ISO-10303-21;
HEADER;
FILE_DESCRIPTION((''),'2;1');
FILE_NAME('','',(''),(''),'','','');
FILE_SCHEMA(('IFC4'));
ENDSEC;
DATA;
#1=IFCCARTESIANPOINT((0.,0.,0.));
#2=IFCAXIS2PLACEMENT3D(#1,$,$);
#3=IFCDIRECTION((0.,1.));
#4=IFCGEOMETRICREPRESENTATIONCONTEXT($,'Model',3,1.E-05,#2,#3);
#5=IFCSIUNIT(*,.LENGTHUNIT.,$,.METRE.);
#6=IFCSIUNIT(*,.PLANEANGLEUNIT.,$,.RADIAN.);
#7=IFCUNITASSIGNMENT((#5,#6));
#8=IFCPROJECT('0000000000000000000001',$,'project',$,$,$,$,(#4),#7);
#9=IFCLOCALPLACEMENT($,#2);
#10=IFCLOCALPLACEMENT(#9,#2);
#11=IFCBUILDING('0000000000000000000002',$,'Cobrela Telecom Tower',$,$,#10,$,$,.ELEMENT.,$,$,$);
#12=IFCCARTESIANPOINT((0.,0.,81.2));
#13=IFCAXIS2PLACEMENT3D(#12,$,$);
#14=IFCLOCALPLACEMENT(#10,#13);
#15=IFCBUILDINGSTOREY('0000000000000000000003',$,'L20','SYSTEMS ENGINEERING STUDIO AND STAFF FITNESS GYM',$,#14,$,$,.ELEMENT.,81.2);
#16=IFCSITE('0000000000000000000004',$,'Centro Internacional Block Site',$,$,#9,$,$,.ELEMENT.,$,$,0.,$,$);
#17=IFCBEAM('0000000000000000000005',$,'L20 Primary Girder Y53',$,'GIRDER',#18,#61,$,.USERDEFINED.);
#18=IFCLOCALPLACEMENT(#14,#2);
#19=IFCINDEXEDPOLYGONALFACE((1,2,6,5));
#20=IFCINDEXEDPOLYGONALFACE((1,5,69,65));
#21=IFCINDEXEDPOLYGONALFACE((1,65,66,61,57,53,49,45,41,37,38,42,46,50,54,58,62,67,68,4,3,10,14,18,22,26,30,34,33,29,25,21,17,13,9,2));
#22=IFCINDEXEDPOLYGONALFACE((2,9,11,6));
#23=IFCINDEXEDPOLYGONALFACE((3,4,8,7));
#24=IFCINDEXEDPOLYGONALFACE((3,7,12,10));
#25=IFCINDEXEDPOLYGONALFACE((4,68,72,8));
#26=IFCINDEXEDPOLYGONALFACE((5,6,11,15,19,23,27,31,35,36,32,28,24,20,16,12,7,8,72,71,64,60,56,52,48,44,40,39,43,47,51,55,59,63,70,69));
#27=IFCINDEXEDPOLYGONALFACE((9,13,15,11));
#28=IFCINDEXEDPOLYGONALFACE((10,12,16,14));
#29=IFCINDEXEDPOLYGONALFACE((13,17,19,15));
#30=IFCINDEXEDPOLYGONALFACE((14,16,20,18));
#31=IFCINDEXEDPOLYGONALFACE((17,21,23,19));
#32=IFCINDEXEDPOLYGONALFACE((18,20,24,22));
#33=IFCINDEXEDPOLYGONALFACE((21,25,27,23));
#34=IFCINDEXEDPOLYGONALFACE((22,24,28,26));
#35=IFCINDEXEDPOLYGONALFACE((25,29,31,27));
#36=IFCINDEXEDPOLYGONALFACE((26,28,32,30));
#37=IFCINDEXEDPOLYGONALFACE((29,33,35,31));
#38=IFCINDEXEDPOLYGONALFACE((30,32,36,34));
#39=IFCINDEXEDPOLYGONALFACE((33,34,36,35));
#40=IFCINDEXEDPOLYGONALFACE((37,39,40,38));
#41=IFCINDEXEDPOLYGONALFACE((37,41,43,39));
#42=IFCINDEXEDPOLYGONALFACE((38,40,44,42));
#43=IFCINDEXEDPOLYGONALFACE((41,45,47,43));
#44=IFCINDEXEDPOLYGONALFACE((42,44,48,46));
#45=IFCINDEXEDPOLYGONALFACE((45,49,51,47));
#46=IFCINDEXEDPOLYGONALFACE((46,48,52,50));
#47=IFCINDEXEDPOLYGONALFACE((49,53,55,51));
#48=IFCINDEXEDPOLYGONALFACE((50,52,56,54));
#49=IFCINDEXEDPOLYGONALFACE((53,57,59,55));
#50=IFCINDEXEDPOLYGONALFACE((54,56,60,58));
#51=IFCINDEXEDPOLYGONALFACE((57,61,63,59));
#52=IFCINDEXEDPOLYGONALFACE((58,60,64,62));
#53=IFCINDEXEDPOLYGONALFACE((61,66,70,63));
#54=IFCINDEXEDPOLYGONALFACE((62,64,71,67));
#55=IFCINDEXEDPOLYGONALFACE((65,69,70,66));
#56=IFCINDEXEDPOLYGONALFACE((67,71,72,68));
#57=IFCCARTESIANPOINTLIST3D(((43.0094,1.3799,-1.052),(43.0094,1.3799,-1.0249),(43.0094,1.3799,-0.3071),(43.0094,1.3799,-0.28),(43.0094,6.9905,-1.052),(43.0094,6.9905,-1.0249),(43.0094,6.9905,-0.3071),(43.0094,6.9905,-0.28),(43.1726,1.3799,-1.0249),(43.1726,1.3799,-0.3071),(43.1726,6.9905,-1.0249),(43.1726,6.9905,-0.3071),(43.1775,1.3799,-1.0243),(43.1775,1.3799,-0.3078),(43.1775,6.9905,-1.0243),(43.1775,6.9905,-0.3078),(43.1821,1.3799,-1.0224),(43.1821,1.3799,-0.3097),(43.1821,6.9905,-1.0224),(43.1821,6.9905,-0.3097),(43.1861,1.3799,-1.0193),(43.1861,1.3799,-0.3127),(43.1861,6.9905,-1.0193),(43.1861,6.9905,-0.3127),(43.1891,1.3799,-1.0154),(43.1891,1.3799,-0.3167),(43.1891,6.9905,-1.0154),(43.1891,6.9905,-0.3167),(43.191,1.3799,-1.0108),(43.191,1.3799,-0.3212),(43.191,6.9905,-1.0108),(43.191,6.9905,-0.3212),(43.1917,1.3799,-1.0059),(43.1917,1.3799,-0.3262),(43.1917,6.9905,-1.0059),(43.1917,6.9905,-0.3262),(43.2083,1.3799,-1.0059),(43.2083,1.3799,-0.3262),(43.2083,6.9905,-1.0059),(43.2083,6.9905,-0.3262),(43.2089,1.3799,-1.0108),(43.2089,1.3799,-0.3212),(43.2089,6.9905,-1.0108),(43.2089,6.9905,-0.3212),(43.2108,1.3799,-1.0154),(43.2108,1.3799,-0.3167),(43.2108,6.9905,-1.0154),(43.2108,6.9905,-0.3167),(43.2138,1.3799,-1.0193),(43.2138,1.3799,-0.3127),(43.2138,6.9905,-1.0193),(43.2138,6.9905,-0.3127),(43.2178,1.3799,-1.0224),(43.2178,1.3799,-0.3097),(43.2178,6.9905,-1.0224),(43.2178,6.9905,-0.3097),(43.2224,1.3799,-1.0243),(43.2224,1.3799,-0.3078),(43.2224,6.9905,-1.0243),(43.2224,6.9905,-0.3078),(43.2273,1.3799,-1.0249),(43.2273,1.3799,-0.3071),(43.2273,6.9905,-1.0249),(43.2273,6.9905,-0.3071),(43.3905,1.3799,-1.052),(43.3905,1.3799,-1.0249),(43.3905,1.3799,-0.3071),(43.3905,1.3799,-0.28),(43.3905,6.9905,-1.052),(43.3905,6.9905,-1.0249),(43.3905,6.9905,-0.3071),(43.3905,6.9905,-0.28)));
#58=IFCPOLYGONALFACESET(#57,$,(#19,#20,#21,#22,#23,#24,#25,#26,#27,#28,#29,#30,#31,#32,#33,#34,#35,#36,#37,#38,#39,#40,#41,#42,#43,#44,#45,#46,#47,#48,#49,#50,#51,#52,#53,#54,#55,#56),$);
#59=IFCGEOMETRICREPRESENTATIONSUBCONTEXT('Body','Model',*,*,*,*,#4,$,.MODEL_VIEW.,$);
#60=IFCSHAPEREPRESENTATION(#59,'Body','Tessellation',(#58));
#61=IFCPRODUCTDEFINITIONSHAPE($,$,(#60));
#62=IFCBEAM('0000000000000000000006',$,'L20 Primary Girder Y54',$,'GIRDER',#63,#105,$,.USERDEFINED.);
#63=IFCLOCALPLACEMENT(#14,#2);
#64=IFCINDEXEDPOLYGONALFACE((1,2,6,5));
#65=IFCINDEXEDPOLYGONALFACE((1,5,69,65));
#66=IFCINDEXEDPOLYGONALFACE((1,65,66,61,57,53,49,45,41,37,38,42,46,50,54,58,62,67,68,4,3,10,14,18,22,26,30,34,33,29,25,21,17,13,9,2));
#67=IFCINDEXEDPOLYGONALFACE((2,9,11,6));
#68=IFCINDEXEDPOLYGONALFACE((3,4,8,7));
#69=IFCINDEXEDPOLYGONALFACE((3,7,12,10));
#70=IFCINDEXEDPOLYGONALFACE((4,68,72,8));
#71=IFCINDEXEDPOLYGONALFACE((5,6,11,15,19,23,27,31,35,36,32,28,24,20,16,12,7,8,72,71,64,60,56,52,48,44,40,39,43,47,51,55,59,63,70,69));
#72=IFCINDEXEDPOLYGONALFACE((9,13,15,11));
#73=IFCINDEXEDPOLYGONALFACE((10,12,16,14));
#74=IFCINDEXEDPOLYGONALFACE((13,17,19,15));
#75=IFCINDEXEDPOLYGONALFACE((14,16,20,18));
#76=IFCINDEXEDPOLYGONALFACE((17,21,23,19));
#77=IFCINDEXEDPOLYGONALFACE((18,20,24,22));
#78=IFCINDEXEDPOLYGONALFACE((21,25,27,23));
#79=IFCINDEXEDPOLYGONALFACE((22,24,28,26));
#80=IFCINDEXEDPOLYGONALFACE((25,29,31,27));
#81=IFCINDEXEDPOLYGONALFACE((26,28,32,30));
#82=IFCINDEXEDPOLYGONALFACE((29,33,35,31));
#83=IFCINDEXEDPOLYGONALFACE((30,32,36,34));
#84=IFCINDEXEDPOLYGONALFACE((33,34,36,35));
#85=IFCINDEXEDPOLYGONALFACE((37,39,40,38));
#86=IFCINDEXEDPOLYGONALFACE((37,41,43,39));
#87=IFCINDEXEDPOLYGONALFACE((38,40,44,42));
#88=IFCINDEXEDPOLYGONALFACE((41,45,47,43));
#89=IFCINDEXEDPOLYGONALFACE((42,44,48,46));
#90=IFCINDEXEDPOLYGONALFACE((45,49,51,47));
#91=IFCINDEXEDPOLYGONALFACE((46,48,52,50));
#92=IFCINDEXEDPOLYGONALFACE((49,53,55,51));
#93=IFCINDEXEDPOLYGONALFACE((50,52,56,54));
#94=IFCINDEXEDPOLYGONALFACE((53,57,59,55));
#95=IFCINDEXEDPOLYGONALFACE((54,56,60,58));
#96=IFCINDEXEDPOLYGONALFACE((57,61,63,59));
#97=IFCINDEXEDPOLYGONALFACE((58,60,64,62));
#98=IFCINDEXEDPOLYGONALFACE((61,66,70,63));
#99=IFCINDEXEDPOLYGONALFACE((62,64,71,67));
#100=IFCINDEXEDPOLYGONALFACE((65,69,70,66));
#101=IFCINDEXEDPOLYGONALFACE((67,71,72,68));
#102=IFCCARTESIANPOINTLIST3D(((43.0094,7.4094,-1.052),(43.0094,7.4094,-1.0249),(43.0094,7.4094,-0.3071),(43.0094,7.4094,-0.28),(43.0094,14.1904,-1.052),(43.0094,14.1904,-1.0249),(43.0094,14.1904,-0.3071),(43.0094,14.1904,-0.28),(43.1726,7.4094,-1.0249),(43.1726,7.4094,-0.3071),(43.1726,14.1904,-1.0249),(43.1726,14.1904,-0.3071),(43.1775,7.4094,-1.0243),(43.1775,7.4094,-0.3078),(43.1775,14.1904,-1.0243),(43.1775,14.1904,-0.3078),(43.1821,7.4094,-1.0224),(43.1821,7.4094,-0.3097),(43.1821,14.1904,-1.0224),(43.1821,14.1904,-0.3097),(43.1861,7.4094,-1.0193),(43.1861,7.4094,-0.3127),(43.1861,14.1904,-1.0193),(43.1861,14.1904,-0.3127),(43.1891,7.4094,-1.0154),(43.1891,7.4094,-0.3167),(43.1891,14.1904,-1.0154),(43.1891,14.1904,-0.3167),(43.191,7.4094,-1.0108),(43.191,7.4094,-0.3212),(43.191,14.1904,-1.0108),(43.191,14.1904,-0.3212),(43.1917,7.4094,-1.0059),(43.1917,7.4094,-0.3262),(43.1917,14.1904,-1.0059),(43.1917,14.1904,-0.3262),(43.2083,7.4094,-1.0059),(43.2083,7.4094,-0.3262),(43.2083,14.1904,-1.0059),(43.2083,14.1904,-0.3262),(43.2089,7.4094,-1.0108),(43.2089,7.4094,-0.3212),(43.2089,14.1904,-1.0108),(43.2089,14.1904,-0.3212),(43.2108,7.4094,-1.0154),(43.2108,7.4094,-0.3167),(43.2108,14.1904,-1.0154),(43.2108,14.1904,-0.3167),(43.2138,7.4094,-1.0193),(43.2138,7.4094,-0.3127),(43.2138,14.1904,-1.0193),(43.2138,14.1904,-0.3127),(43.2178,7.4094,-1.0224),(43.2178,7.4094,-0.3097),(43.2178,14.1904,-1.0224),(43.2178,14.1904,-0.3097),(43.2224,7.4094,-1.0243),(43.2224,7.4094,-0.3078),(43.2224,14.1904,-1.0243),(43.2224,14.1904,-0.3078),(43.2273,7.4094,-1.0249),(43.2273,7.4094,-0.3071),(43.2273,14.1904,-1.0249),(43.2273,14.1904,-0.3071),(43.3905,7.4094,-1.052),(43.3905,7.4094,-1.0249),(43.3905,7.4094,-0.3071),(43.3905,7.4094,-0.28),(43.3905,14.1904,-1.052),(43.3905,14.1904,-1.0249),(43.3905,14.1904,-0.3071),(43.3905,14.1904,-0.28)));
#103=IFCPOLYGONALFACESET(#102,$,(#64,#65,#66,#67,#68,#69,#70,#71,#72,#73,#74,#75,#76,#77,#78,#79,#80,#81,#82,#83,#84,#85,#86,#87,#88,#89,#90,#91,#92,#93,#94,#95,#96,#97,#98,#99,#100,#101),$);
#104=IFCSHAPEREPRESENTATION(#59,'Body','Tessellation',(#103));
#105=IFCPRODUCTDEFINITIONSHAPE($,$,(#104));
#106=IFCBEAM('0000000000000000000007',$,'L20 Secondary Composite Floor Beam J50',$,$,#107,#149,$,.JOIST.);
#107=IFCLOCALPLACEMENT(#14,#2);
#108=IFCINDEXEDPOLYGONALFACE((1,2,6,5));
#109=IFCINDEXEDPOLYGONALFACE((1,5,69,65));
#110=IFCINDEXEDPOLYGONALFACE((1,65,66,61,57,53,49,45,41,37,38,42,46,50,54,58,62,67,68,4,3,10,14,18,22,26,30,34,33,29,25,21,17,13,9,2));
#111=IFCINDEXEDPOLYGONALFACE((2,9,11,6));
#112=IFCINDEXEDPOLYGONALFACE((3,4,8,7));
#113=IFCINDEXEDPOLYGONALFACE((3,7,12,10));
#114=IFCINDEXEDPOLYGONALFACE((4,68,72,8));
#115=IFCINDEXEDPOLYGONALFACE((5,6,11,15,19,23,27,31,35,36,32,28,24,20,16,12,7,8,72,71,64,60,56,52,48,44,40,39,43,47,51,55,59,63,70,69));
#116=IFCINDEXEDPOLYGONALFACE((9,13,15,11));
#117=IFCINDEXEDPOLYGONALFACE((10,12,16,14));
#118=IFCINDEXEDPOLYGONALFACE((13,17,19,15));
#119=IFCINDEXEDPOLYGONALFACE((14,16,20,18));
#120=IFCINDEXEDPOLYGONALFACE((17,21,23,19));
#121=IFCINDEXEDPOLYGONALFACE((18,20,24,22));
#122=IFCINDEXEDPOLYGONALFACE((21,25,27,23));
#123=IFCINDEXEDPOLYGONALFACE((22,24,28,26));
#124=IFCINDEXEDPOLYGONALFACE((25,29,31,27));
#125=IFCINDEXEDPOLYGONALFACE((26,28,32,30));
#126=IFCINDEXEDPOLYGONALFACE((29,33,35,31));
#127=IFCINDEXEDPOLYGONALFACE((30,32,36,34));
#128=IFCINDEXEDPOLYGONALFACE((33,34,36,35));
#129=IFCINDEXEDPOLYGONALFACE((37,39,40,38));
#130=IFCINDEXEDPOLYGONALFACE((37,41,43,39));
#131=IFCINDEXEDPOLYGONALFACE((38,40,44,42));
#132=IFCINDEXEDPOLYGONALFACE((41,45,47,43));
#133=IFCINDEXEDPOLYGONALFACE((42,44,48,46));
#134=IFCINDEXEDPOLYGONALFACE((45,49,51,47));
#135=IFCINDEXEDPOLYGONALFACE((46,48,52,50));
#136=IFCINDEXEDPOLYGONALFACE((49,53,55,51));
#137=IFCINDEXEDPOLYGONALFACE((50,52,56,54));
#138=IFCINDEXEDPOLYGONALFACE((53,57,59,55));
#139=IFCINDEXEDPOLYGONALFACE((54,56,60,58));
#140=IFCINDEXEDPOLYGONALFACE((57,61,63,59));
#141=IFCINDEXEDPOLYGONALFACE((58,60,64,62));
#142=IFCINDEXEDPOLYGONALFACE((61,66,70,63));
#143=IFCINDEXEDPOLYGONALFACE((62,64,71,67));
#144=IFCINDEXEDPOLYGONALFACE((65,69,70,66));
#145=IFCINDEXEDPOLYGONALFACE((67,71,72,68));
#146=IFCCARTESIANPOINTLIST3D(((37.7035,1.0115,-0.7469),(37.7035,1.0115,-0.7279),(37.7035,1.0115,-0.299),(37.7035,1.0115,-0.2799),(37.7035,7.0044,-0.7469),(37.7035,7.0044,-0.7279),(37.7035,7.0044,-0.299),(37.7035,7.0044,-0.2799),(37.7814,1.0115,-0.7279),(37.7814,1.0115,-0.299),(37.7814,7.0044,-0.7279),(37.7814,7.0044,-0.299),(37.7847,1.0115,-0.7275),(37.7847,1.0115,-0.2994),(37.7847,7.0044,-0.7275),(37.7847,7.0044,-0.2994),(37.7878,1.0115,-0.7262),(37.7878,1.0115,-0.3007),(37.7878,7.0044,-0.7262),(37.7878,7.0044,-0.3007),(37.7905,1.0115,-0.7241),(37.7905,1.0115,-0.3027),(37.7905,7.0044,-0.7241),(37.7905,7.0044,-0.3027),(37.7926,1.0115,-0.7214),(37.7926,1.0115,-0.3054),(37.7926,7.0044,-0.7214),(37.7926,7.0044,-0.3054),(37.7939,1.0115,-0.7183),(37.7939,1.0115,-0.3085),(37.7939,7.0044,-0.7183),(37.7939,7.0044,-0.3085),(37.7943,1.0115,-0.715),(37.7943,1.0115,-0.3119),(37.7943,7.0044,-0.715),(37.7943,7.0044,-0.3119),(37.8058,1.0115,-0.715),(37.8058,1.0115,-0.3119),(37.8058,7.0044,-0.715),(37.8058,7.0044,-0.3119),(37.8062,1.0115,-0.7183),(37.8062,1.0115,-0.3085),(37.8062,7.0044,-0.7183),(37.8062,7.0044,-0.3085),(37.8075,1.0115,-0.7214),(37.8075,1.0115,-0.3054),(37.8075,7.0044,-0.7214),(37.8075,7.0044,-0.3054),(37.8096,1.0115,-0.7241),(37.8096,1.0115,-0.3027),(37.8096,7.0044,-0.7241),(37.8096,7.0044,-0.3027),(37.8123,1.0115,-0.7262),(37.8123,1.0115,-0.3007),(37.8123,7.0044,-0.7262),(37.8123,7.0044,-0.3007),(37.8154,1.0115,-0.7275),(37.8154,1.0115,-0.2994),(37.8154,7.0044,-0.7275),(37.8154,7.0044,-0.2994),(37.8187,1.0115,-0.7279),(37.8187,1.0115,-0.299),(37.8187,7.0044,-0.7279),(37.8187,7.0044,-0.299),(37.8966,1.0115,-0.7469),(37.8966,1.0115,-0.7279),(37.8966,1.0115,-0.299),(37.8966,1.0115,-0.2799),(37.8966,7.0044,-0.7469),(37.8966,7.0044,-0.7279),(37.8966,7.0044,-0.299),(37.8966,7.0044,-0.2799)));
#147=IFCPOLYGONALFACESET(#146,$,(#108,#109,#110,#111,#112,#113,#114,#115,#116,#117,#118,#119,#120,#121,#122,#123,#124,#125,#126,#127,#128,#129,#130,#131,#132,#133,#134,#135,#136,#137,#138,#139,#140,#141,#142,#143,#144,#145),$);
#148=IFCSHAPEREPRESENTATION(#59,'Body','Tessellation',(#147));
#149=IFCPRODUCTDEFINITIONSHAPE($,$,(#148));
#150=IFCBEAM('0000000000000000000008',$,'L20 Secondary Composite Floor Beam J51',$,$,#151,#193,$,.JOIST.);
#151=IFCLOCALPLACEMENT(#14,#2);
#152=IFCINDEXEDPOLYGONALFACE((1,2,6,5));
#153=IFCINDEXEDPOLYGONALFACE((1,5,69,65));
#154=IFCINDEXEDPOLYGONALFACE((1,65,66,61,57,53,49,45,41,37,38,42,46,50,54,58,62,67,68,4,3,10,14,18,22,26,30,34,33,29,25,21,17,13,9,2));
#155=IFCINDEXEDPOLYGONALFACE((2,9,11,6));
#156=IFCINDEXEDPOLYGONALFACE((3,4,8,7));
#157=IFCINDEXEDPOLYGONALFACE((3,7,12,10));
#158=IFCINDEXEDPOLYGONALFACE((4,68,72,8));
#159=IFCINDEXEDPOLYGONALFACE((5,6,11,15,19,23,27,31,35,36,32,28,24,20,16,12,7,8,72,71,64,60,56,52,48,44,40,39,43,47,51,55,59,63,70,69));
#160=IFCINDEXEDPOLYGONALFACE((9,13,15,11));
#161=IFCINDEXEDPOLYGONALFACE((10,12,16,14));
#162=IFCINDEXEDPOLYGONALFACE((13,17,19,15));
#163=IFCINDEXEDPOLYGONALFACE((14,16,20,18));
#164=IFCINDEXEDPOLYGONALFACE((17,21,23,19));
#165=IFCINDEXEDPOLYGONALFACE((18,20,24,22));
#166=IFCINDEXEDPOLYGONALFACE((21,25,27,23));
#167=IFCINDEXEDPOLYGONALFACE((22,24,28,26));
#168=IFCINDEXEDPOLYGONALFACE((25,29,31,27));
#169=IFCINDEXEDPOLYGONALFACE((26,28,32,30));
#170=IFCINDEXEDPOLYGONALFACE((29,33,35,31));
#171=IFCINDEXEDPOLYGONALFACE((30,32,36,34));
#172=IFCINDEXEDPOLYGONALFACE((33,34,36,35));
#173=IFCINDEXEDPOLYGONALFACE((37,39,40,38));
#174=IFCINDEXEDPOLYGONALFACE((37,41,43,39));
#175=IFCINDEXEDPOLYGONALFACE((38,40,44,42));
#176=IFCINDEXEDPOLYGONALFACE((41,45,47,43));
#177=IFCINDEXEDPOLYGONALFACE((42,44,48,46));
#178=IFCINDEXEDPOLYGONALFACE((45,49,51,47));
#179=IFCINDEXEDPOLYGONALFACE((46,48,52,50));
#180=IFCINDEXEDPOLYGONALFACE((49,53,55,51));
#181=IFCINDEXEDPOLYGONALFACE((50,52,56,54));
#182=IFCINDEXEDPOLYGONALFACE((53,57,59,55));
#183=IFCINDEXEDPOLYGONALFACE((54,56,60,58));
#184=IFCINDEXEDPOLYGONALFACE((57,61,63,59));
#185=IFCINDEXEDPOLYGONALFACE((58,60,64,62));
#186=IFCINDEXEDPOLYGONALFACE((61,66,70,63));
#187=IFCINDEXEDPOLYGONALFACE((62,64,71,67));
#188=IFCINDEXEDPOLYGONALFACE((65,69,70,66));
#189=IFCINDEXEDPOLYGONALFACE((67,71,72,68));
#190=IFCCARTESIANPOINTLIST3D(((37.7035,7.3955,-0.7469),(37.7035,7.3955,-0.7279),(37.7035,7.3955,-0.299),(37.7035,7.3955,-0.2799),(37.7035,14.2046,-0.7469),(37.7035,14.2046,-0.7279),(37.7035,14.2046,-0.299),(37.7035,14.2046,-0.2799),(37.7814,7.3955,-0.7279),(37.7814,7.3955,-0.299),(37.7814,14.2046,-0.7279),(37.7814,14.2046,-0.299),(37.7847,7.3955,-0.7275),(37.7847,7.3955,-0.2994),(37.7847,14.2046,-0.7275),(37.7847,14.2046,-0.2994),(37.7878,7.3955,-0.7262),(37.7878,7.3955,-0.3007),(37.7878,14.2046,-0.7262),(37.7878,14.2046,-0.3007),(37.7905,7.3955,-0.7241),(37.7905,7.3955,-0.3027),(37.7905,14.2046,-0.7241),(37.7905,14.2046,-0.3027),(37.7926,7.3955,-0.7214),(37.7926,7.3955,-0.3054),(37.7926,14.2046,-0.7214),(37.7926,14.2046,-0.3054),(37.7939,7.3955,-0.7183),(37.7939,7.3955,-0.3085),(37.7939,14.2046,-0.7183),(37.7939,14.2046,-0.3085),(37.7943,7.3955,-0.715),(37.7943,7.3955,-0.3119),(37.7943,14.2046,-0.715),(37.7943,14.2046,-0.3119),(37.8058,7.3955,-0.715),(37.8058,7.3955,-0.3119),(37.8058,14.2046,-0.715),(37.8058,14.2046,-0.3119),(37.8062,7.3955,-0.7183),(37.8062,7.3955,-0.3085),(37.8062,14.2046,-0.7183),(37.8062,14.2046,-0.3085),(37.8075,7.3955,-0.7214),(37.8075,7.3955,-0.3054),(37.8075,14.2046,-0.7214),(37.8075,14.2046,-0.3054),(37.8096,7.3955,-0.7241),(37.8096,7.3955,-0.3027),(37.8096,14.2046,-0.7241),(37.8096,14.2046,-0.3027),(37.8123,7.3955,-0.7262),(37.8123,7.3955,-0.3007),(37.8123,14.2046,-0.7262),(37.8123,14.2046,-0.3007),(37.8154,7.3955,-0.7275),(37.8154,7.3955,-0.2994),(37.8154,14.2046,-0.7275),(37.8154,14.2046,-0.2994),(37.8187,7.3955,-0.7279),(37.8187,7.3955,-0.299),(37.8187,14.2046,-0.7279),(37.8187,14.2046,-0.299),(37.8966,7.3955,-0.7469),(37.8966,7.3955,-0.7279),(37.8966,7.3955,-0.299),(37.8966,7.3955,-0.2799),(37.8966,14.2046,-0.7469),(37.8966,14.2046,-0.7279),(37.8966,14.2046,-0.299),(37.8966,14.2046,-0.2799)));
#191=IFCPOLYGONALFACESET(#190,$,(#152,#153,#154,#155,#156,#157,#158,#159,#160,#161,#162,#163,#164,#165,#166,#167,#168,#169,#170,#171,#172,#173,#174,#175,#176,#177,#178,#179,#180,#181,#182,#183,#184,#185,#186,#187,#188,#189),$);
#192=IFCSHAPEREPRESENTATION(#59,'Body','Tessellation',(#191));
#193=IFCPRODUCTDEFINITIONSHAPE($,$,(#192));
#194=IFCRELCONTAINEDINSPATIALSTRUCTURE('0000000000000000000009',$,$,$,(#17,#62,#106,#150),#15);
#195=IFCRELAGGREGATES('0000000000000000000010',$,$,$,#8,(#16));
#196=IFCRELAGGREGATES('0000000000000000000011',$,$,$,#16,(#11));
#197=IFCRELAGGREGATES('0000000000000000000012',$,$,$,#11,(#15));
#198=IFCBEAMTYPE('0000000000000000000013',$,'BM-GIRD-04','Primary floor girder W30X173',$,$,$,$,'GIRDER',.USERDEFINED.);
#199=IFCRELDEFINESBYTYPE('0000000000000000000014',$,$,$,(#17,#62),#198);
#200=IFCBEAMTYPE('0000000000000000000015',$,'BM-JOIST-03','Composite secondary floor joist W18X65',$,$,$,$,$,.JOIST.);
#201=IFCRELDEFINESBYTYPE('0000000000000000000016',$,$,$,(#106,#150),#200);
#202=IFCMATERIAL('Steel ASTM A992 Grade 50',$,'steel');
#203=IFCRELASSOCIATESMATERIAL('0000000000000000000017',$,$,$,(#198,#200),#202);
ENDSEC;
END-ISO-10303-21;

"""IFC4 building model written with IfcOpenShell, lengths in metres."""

from ifc_helpers import new_model, si_unit, direction, frame, origin, origin_2d, place, context, subcontext, project, spatial, i_section, extrude, material, material_profile, profile_set, type_object, element, save


model = new_model("IFC4")

# Units and contexts
model_context = context("Model", 3, precision=1e-05, world=origin(), true_north=direction((0.0, 1.0)))
body_context = subcontext(model_context, "Body", "Model", "MODEL_VIEW")
ifc_project = project(units=[si_unit("LENGTHUNIT", "METRE"), si_unit("PLANEANGLEUNIT", "RADIAN")], contexts=[model_context])

# Site, building, storey
site_placement = place(None, origin())
site = spatial("IfcSite", under=ifc_project, at=site_placement, Name="Centro Internacional Block Site", CompositionType="ELEMENT", RefElevation=0.0)
building_placement = place(site_placement, origin())
building = spatial("IfcBuilding", under=site, at=building_placement, Name="Cobrela Telecom Tower", CompositionType="ELEMENT")
storey_placement = place(building_placement, frame((0.0, 0.0, 81.2)))
storey = spatial("IfcBuildingStorey", under=building, at=storey_placement, Name="L20", Description="SYSTEMS ENGINEERING STUDIO AND STAFF FITNESS GYM", CompositionType="ELEMENT", Elevation=81.2)

# Shared definitions
ifc_material_1 = material(Name="Steel ASTM A992 Grade 50", Category="steel")

# Beams
ifc_material_profile_1 = material_profile(ifc_material_1, i_section(OverallWidth=0.3811, OverallDepth=0.772, WebThickness=0.0166, FlangeThickness=0.0271, FilletRadius=0.019, at=origin_2d()), Name="W30X173")
ifc_profile_set_1 = profile_set([ifc_material_profile_1], Name="Steel ASTM A992 Grade 50")
beam_type_1 = type_object("IfcBeamType", Name="BM-GIRD-04", Description="Primary floor girder W30X173", ElementType="GIRDER", PredefinedType="USERDEFINED", material=ifc_profile_set_1)
beam_1_placement = place(storey_placement, frame((43.2, 1.3799, -0.666), z_axis=(0.0, 1.0, 0.0), x_axis=(-1.0, 0.0, 0.0)))
element("IfcBeam", 1, at=beam_1_placement, inside=storey, type_object=beam_type_1, Name="L20 Primary Girder Y53", ObjectType="GIRDER", PredefinedType="USERDEFINED", context=body_context, shape_type="SweptSolid", body=[
    extrude(i_section(OverallWidth=0.3811, OverallDepth=0.772, WebThickness=0.0166, FlangeThickness=0.0271, FilletRadius=0.019, at=origin_2d()), origin(), (0.0, 0.0, 1.0), 5.6106),
])
beam_2_placement = place(storey_placement, frame((43.2, 7.4094, -0.666), z_axis=(0.0, 1.0, 0.0), x_axis=(-1.0, 0.0, 0.0)))
element("IfcBeam", 2, at=beam_2_placement, inside=storey, type_object=beam_type_1, Name="L20 Primary Girder Y54", ObjectType="GIRDER", PredefinedType="USERDEFINED", context=body_context, shape_type="SweptSolid", body=[
    extrude(i_section(OverallWidth=0.3811, OverallDepth=0.772, WebThickness=0.0166, FlangeThickness=0.0271, FilletRadius=0.019, at=origin_2d()), origin(), (0.0, 0.0, 1.0), 6.781),
])
ifc_material_profile_2 = material_profile(ifc_material_1, i_section(OverallWidth=0.1931, OverallDepth=0.467, WebThickness=0.0115, FlangeThickness=0.019, FilletRadius=0.0129, at=origin_2d()), Name="W18X65")
ifc_profile_set_2 = profile_set([ifc_material_profile_2], Name="Steel ASTM A992 Grade 50")
beam_type_2 = type_object("IfcBeamType", Name="BM-JOIST-03", Description="Composite secondary floor joist W18X65", PredefinedType="JOIST", material=ifc_profile_set_2)
beam_3_placement = place(storey_placement, frame((37.8, 1.0115, -0.5134), z_axis=(0.0, 1.0, 0.0), x_axis=(-1.0, 0.0, 0.0)))
element("IfcBeam", 3, at=beam_3_placement, inside=storey, type_object=beam_type_2, Name="L20 Secondary Composite Floor Beam J50", PredefinedType="JOIST", context=body_context, shape_type="SweptSolid", body=[
    extrude(i_section(OverallWidth=0.1931, OverallDepth=0.467, WebThickness=0.0115, FlangeThickness=0.019, FilletRadius=0.0129, at=origin_2d()), origin(), (0.0, 0.0, 1.0), 5.9929),
])
beam_4_placement = place(storey_placement, frame((37.8, 7.3955, -0.5134), z_axis=(0.0, 1.0, 0.0), x_axis=(-1.0, 0.0, 0.0)))
element("IfcBeam", 4, at=beam_4_placement, inside=storey, type_object=beam_type_2, Name="L20 Secondary Composite Floor Beam J51", PredefinedType="JOIST", context=body_context, shape_type="SweptSolid", body=[
    extrude(i_section(OverallWidth=0.1931, OverallDepth=0.467, WebThickness=0.0115, FlangeThickness=0.019, FilletRadius=0.0129, at=origin_2d()), origin(), (0.0, 0.0, 1.0), 6.8091),
])

save(model, "model.ifc")
